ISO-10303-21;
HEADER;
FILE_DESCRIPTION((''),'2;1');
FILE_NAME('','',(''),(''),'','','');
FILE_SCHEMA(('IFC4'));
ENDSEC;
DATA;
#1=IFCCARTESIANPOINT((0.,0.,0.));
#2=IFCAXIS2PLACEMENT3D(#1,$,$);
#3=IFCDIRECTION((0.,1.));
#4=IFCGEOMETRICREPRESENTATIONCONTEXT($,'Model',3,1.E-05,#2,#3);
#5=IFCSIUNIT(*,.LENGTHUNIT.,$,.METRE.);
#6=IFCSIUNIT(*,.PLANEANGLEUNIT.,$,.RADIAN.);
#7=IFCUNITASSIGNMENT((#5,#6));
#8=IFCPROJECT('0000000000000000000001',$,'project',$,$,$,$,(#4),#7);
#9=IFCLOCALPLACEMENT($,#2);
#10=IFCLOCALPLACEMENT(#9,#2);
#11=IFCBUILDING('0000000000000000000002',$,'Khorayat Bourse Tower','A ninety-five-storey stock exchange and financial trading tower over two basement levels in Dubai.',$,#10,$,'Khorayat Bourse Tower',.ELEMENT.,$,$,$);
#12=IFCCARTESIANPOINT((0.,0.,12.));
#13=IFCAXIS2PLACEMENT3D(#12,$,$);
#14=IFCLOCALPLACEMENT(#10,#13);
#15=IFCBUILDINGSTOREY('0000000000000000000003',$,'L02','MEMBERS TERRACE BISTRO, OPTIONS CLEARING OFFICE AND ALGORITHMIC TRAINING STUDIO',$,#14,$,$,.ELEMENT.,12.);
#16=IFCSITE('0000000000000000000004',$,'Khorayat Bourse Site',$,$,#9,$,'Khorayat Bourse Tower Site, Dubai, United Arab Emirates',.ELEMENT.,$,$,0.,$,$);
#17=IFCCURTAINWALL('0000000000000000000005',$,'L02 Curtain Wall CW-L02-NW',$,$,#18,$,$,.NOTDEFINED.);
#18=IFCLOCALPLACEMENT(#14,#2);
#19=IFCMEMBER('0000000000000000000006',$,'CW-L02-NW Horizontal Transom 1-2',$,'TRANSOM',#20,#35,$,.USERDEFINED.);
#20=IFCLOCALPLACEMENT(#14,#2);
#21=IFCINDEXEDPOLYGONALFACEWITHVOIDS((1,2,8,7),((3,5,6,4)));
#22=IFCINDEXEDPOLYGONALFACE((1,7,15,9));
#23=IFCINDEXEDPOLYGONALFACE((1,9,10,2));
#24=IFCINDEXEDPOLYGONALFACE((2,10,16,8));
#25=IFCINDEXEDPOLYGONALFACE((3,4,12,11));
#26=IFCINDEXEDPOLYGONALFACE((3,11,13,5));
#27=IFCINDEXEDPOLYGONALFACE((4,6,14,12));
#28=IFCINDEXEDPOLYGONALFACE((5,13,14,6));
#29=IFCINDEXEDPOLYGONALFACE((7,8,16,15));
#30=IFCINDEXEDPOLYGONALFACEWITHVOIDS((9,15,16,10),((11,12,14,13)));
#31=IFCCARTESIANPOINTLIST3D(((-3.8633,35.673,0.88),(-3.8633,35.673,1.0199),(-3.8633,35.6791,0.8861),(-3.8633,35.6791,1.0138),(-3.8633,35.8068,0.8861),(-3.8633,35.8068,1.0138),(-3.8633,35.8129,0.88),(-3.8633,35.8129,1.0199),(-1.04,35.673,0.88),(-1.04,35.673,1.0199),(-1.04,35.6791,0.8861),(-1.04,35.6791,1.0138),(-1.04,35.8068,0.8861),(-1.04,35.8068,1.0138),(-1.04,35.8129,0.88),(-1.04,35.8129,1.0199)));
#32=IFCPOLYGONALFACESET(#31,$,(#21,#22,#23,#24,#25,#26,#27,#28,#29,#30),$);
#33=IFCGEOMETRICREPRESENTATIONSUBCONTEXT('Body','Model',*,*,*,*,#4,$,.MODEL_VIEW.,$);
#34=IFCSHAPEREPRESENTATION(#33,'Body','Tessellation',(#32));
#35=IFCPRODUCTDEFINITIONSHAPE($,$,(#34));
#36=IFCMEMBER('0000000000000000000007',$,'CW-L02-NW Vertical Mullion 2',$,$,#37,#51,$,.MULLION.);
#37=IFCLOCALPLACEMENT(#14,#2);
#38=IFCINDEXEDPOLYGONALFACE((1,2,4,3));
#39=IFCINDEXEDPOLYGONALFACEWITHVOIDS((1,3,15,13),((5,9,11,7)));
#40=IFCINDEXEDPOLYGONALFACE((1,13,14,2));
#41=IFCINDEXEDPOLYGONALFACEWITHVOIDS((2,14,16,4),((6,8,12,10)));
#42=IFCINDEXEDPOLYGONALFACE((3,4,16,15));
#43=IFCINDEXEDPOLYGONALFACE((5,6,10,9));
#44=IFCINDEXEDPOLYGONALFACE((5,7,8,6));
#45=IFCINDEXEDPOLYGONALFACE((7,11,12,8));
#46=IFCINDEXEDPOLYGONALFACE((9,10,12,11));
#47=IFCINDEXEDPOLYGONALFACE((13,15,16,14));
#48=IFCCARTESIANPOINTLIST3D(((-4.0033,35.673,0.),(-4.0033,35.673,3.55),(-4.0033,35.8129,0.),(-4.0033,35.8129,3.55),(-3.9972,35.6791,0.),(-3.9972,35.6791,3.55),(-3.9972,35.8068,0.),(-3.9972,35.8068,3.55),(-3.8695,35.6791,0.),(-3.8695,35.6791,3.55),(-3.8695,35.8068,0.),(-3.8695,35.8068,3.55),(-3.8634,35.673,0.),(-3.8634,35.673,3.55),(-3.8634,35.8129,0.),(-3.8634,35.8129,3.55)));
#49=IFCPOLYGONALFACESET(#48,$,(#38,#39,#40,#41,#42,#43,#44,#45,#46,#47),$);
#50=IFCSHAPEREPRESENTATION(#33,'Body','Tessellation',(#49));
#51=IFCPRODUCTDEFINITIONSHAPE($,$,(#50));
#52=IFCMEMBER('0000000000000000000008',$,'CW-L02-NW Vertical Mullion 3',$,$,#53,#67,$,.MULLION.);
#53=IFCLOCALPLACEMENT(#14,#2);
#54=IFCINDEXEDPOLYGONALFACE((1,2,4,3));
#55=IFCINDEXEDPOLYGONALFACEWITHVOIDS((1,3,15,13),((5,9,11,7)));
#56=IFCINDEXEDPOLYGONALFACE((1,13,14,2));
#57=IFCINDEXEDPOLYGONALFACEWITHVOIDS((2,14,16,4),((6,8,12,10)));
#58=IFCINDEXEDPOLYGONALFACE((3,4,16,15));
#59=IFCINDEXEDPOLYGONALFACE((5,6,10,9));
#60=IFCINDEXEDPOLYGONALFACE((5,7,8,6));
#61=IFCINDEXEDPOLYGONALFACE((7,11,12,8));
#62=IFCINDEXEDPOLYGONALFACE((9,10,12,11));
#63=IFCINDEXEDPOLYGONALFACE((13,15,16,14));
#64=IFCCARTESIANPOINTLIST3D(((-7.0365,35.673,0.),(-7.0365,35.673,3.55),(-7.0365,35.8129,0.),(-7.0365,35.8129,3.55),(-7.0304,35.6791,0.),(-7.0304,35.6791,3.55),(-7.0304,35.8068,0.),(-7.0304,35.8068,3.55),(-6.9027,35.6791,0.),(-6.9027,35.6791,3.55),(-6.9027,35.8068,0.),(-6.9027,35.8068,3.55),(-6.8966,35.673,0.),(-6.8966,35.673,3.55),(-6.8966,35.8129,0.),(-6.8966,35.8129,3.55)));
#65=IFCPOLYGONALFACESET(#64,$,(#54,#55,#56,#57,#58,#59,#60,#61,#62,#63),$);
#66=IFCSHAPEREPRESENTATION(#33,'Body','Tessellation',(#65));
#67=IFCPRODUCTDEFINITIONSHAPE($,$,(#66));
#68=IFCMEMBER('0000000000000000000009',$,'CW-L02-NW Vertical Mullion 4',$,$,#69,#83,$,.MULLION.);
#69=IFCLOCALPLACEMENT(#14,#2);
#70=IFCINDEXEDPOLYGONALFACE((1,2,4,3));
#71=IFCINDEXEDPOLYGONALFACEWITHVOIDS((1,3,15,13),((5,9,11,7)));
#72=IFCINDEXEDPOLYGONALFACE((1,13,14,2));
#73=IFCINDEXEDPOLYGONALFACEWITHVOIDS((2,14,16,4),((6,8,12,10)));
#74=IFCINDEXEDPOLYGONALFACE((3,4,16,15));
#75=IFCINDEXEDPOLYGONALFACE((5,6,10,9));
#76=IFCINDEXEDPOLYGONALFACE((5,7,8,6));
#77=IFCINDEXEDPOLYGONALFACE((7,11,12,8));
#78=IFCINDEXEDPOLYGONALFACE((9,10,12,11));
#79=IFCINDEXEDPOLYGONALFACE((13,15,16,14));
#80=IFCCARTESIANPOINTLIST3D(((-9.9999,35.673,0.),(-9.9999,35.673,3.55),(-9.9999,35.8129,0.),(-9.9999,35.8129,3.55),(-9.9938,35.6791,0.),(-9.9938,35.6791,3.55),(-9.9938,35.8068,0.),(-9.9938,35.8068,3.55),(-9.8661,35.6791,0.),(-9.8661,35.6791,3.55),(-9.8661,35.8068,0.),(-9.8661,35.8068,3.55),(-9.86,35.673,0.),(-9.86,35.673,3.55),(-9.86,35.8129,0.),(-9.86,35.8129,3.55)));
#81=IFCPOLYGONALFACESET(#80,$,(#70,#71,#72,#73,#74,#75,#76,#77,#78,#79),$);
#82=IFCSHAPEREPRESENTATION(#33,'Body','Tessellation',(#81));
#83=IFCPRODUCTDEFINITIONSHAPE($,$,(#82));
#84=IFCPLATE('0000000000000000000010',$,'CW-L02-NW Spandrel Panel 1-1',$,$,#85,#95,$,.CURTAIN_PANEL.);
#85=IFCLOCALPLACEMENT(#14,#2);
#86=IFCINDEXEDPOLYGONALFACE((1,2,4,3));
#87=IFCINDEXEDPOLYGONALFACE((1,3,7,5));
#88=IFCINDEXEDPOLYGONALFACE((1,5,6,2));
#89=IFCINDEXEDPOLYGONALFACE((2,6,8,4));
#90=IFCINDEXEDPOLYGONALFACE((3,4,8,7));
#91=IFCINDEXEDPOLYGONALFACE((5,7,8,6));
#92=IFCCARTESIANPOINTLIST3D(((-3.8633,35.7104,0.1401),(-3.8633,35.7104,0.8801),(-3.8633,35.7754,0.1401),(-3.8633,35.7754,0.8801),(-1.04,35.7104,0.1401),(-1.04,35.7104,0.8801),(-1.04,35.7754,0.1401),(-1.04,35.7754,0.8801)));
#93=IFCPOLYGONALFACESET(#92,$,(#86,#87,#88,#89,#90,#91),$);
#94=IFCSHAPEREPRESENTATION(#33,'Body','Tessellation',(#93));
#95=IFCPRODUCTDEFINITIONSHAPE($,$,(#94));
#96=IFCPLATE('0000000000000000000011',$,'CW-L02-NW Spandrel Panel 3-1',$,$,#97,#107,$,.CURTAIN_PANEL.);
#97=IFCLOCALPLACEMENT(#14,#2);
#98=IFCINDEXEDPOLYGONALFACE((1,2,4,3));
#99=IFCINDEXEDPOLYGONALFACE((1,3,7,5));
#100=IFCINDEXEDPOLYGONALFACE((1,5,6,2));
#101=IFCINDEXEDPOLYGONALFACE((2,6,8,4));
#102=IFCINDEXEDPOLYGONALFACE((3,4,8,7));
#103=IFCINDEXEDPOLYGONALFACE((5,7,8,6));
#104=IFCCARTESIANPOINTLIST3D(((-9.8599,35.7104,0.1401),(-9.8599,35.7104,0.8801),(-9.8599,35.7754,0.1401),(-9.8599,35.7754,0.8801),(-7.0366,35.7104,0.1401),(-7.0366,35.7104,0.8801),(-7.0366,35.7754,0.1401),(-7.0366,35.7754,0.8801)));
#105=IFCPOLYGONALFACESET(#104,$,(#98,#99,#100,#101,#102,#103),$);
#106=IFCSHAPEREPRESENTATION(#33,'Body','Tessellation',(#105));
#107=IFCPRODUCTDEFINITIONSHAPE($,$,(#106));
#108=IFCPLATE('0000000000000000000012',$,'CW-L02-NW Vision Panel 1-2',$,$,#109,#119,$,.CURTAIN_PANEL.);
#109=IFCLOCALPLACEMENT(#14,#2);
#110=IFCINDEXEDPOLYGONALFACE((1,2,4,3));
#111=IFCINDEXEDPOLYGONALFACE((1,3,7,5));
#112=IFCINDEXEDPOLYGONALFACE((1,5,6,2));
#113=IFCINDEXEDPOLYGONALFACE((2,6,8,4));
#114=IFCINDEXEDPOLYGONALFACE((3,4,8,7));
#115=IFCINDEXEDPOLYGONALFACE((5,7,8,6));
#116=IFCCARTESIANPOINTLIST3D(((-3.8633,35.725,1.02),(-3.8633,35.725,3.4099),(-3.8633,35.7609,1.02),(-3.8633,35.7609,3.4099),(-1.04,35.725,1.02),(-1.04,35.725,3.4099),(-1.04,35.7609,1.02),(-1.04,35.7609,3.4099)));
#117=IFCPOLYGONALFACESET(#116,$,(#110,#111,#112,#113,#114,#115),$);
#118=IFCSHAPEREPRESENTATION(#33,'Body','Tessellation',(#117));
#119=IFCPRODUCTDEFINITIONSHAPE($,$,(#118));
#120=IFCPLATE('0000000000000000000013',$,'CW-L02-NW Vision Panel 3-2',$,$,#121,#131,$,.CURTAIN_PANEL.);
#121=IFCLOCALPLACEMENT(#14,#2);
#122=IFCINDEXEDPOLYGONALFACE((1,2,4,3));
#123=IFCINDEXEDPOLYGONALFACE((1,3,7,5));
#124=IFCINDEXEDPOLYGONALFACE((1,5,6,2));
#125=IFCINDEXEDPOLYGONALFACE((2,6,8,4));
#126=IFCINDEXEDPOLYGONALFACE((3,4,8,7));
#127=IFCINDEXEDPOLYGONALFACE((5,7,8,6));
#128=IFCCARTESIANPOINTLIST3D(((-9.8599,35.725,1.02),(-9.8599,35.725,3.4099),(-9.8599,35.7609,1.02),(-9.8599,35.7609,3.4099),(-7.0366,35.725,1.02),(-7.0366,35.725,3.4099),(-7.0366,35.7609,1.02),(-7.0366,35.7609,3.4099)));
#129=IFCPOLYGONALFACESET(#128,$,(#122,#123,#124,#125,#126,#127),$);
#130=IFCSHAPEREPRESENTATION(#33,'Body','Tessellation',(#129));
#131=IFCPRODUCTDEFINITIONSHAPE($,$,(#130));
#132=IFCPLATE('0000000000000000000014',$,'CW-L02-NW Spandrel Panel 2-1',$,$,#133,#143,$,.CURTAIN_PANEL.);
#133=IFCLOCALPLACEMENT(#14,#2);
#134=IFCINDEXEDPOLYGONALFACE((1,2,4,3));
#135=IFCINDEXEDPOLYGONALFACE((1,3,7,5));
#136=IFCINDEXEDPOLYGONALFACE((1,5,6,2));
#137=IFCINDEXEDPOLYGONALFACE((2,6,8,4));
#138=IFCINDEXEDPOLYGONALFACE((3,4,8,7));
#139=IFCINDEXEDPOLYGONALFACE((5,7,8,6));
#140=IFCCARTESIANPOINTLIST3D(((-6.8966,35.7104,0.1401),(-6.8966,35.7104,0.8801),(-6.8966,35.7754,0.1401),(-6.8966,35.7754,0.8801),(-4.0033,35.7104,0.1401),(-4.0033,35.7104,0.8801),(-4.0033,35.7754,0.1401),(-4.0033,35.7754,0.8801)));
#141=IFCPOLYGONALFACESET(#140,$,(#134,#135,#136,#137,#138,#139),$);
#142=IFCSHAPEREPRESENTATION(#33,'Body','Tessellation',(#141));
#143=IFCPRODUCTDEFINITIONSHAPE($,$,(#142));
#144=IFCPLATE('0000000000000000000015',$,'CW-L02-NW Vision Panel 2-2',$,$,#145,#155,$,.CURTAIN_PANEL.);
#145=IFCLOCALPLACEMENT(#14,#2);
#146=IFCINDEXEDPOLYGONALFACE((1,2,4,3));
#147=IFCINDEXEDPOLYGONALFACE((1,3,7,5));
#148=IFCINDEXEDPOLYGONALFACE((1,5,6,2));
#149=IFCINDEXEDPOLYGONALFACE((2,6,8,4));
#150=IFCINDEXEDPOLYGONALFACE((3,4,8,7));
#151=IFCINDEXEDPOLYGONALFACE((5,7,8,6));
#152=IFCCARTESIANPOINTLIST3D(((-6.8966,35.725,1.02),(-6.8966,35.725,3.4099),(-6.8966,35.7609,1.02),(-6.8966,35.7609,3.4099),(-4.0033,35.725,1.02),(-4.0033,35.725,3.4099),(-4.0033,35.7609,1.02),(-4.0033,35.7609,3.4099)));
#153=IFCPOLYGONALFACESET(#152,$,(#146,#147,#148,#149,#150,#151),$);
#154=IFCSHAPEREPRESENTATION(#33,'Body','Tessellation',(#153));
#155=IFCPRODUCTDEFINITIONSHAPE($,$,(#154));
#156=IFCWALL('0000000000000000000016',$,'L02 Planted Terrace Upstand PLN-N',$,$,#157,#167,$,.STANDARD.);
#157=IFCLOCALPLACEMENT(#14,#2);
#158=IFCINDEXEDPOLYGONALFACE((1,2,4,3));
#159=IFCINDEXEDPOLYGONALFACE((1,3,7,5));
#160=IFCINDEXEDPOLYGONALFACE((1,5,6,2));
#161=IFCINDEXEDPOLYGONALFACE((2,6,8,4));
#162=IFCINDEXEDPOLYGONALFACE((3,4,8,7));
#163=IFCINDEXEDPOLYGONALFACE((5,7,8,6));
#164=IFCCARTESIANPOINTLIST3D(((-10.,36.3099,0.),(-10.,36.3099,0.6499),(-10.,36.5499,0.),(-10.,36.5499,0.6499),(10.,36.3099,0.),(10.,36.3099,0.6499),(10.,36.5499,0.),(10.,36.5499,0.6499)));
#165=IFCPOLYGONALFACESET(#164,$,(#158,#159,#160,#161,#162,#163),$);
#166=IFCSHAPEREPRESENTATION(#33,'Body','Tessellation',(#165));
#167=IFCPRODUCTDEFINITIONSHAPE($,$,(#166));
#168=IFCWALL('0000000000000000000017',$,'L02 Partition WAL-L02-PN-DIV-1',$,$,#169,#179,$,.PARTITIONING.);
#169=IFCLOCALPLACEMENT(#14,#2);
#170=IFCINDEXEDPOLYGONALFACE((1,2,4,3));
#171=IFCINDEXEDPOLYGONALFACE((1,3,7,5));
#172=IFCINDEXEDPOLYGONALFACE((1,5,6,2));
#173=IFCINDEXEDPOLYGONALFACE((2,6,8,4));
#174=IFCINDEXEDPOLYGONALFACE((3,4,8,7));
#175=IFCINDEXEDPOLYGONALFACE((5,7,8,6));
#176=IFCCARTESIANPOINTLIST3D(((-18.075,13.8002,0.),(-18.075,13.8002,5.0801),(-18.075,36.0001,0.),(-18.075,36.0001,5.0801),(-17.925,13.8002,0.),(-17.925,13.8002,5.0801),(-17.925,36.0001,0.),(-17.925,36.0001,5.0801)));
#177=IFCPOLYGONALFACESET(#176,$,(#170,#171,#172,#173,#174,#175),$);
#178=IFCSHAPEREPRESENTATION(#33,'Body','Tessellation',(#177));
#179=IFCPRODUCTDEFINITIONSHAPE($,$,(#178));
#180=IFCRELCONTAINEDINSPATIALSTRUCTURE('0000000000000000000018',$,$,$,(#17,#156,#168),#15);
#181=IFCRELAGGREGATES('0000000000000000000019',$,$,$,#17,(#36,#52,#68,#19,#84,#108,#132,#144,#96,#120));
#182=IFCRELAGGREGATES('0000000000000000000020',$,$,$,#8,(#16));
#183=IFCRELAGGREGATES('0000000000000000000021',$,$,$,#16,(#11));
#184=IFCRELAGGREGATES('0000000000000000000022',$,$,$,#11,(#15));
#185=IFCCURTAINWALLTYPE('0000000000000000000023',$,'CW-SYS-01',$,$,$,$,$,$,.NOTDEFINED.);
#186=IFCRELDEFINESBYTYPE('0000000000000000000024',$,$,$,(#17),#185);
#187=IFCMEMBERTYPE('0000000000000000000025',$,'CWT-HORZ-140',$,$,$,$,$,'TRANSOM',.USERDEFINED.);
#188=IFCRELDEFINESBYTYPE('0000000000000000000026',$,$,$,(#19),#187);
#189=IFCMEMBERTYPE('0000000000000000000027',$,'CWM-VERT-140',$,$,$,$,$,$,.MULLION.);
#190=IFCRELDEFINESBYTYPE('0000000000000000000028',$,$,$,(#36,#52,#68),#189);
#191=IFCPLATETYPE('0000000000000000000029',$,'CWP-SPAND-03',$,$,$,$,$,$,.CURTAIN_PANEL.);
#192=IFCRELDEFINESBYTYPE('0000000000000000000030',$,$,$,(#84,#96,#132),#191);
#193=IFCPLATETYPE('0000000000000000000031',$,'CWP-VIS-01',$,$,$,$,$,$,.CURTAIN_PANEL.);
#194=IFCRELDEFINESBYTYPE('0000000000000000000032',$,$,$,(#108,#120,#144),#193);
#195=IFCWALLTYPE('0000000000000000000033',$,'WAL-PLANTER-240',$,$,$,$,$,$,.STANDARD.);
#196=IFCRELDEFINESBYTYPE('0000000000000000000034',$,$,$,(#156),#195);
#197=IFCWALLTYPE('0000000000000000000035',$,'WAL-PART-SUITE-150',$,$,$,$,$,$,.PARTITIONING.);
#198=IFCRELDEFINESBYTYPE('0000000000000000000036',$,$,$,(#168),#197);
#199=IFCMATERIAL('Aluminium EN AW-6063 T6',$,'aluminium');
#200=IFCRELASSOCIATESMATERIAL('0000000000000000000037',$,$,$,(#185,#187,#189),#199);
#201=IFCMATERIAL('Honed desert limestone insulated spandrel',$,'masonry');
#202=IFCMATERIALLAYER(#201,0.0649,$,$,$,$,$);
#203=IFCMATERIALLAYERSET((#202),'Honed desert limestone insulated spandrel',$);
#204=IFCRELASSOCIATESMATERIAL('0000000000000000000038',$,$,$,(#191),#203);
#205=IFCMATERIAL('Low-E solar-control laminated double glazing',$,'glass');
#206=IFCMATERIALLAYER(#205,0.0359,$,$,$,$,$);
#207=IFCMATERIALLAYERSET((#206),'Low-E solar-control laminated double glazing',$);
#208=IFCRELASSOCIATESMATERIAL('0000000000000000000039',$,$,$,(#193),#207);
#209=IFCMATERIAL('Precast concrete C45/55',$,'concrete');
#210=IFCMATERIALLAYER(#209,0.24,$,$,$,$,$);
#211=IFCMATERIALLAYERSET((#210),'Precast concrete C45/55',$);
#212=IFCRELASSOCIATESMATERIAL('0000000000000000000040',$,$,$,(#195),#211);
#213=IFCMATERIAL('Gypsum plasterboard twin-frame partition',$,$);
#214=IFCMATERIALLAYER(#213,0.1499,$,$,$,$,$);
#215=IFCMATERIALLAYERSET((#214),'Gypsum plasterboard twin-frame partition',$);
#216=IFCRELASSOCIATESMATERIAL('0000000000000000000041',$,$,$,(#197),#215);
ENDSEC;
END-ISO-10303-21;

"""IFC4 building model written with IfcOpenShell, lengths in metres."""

from ifc_helpers import new_model, si_unit, direction, frame, frame_2d, origin, origin_2d, place, context, subcontext, project, spatial, rectangle, hollow_rectangle, extrude, source, transform, mapped, material, layer, layer_set, material_profile, profile_set, type_object, element, aggregate, save


model = new_model("IFC4")

# Units and contexts
model_context = context("Model", 3, precision=1e-05, world=origin(), true_north=direction((0.0, 1.0)))
body_context = subcontext(model_context, "Body", "Model", "MODEL_VIEW")
ifc_project = project(units=[si_unit("LENGTHUNIT", "METRE"), si_unit("PLANEANGLEUNIT", "RADIAN")], contexts=[model_context])

# Site, building, storey
site_placement = place(None, origin())
site = spatial("IfcSite", under=ifc_project, at=site_placement, Name="Khorayat Bourse Site", LongName="Khorayat Bourse Tower Site, Dubai, United Arab Emirates", CompositionType="ELEMENT", RefElevation=0.0)
building_placement = place(site_placement, origin())
building = spatial("IfcBuilding", under=site, at=building_placement, Name="Khorayat Bourse Tower", Description="A ninety-five-storey stock exchange and financial trading tower over two basement levels in Dubai.", LongName="Khorayat Bourse Tower", CompositionType="ELEMENT")
storey_placement = place(building_placement, frame((0.0, 0.0, 12.0)))
storey = spatial("IfcBuildingStorey", under=building, at=storey_placement, Name="L02", Description="MEMBERS TERRACE BISTRO, OPTIONS CLEARING OFFICE AND ALGORITHMIC TRAINING STUDIO", CompositionType="ELEMENT", Elevation=12.0)

# Curtain wall, members, plates
ifc_material_1 = material(Name="Aluminium EN AW-6063 T6", Category="aluminium")
curtain_wall_type = type_object("IfcCurtainWallType", Name="CW-SYS-01", PredefinedType="NOTDEFINED", material=ifc_material_1)
curtain_wall_placement = place(storey_placement, origin())
curtain_wall = element("IfcCurtainWall", 1, at=curtain_wall_placement, inside=storey, type_object=curtain_wall_type, Name="L02 Curtain Wall CW-L02-NW", PredefinedType="NOTDEFINED")
ifc_material_profile_1 = material_profile(ifc_material_1, hollow_rectangle(XDim=0.1399, YDim=0.1399, WallThickness=0.0061, at=origin_2d()), Name="ALU 140x140x6")
ifc_profile_set_1 = profile_set([ifc_material_profile_1], Name="Aluminium EN AW-6063 T6")
member_type_1 = type_object("IfcMemberType", Name="CWT-HORZ-140", ElementType="TRANSOM", PredefinedType="USERDEFINED", material=ifc_profile_set_1)
shared_shape_1 = source(origin(), body_context, "Body", "SweptSolid", [
    extrude(hollow_rectangle(XDim=0.1399, YDim=0.1399, WallThickness=0.0061, at=origin_2d()), origin(), (0.0, 0.0, 1.0), 2.8232),
])
member_1_placement = place(storey_placement, frame((-1.04, 35.7429, 0.95), z_axis=(-1.0, 0.0, 0.0), x_axis=(0.0, -1.0, 0.0)))
member_1 = element("IfcMember", 2, at=member_1_placement, type_object=member_type_1, Name="CW-L02-NW Horizontal Transom 1-2", ObjectType="TRANSOM", PredefinedType="USERDEFINED", context=body_context, shape_type="MappedRepresentation", body=[
    mapped(shared_shape_1, transform((0.0, 0.0, 0.0), scale=1.0)),
])
ifc_material_profile_2 = material_profile(ifc_material_1, hollow_rectangle(XDim=0.1399, YDim=0.1399, WallThickness=0.0061, at=origin_2d()), Name="ALU 140x140x6")
ifc_profile_set_2 = profile_set([ifc_material_profile_2], Name="Aluminium EN AW-6063 T6")
member_type_2 = type_object("IfcMemberType", Name="CWM-VERT-140", PredefinedType="MULLION", material=ifc_profile_set_2)
shared_shape_2 = source(origin(), body_context, "Body", "SweptSolid", [
    extrude(hollow_rectangle(XDim=0.1399, YDim=0.1399, WallThickness=0.0061, at=origin_2d()), origin(), (0.0, 0.0, 1.0), 3.55),
])
member_2_placement = place(storey_placement, frame((-3.9333, 35.7429, 0.0), z_axis=(0.0, 0.0, 1.0), x_axis=(0.0, -1.0, 0.0)))
member_2 = element("IfcMember", 3, at=member_2_placement, type_object=member_type_2, Name="CW-L02-NW Vertical Mullion 2", PredefinedType="MULLION", context=body_context, shape_type="MappedRepresentation", body=[
    mapped(shared_shape_2, transform((0.0, 0.0, 0.0), scale=1.0)),
])
member_3_placement = place(storey_placement, frame((-6.9666, 35.7429, 0.0), z_axis=(0.0, 0.0, 1.0), x_axis=(0.0, -1.0, 0.0)))
member_3 = element("IfcMember", 4, at=member_3_placement, type_object=member_type_2, Name="CW-L02-NW Vertical Mullion 3", PredefinedType="MULLION", context=body_context, shape_type="MappedRepresentation", body=[
    mapped(shared_shape_2, transform((0.0, 0.0, 0.0), scale=1.0)),
])
member_4_placement = place(storey_placement, frame((-9.9299, 35.7429, 0.0), z_axis=(0.0, 0.0, 1.0), x_axis=(0.0, -1.0, 0.0)))
member_4 = element("IfcMember", 5, at=member_4_placement, type_object=member_type_2, Name="CW-L02-NW Vertical Mullion 4", PredefinedType="MULLION", context=body_context, shape_type="MappedRepresentation", body=[
    mapped(shared_shape_2, transform((0.0, 0.0, 0.0), scale=1.0)),
])
ifc_material_2 = material(Name="Honed desert limestone insulated spandrel", Category="masonry")
ifc_layer_1 = layer(ifc_material_2, 0.0649)
ifc_layer_set_1 = layer_set([ifc_layer_1], Name="Honed desert limestone insulated spandrel")
plate_type_1 = type_object("IfcPlateType", Name="CWP-SPAND-03", PredefinedType="CURTAIN_PANEL", material=ifc_layer_set_1)
shared_shape_3 = source(origin(), body_context, "Body", "SweptSolid", [
    extrude(rectangle(XDim=2.8232, YDim=0.0649, at=origin_2d()), origin(), (0.0, 0.0, 1.0), 0.74),
])
plate_1_placement = place(storey_placement, frame((-2.4517, 35.7429, 0.1401), z_axis=(0.0, 0.0, 1.0), x_axis=(-1.0, 0.0, 0.0)))
plate_1 = element("IfcPlate", 6, at=plate_1_placement, type_object=plate_type_1, Name="CW-L02-NW Spandrel Panel 1-1", PredefinedType="CURTAIN_PANEL", context=body_context, shape_type="MappedRepresentation", body=[
    mapped(shared_shape_3, transform((0.0, 0.0, 0.0), scale=1.0)),
])
plate_2_placement = place(storey_placement, frame((-8.4482, 35.7429, 0.1401), z_axis=(0.0, 0.0, 1.0), x_axis=(-1.0, 0.0, 0.0)))
plate_2 = element("IfcPlate", 7, at=plate_2_placement, type_object=plate_type_1, Name="CW-L02-NW Spandrel Panel 3-1", PredefinedType="CURTAIN_PANEL", context=body_context, shape_type="MappedRepresentation", body=[
    mapped(shared_shape_3, transform((0.0, 0.0, 0.0), scale=1.0)),
])
ifc_material_3 = material(Name="Low-E solar-control laminated double glazing", Category="glass")
ifc_layer_2 = layer(ifc_material_3, 0.0359)
ifc_layer_set_2 = layer_set([ifc_layer_2], Name="Low-E solar-control laminated double glazing")
plate_type_2 = type_object("IfcPlateType", Name="CWP-VIS-01", PredefinedType="CURTAIN_PANEL", material=ifc_layer_set_2)
shared_shape_4 = source(origin(), body_context, "Body", "SweptSolid", [
    extrude(rectangle(XDim=2.8232, YDim=0.0359, at=origin_2d()), origin(), (0.0, 0.0, 1.0), 2.3899),
])
plate_3_placement = place(storey_placement, frame((-2.4517, 35.7429, 1.02), z_axis=(0.0, 0.0, 1.0), x_axis=(-1.0, 0.0, 0.0)))
plate_3 = element("IfcPlate", 8, at=plate_3_placement, type_object=plate_type_2, Name="CW-L02-NW Vision Panel 1-2", PredefinedType="CURTAIN_PANEL", context=body_context, shape_type="MappedRepresentation", body=[
    mapped(shared_shape_4, transform((0.0, 0.0, 0.0), scale=1.0)),
])
plate_4_placement = place(storey_placement, frame((-8.4482, 35.7429, 1.02), z_axis=(0.0, 0.0, 1.0), x_axis=(-1.0, 0.0, 0.0)))
plate_4 = element("IfcPlate", 9, at=plate_4_placement, type_object=plate_type_2, Name="CW-L02-NW Vision Panel 3-2", PredefinedType="CURTAIN_PANEL", context=body_context, shape_type="MappedRepresentation", body=[
    mapped(shared_shape_4, transform((0.0, 0.0, 0.0), scale=1.0)),
])
shared_shape_5 = source(origin(), body_context, "Body", "SweptSolid", [
    extrude(rectangle(XDim=2.8933, YDim=0.0649, at=origin_2d()), origin(), (0.0, 0.0, 1.0), 0.74),
])
plate_5_placement = place(storey_placement, frame((-5.45, 35.7429, 0.1401), z_axis=(0.0, 0.0, 1.0), x_axis=(-1.0, 0.0, 0.0)))
plate_5 = element("IfcPlate", 10, at=plate_5_placement, type_object=plate_type_1, Name="CW-L02-NW Spandrel Panel 2-1", PredefinedType="CURTAIN_PANEL", context=body_context, shape_type="MappedRepresentation", body=[
    mapped(shared_shape_5, transform((0.0, 0.0, 0.0), scale=1.0)),
])
shared_shape_6 = source(origin(), body_context, "Body", "SweptSolid", [
    extrude(rectangle(XDim=2.8933, YDim=0.0359, at=origin_2d()), origin(), (0.0, 0.0, 1.0), 2.3899),
])
plate_6_placement = place(storey_placement, frame((-5.45, 35.7429, 1.02), z_axis=(0.0, 0.0, 1.0), x_axis=(-1.0, 0.0, 0.0)))
plate_6 = element("IfcPlate", 11, at=plate_6_placement, type_object=plate_type_2, Name="CW-L02-NW Vision Panel 2-2", PredefinedType="CURTAIN_PANEL", context=body_context, shape_type="MappedRepresentation", body=[
    mapped(shared_shape_6, transform((0.0, 0.0, 0.0), scale=1.0)),
])
aggregate(curtain_wall, [member_2, member_3, member_4, member_1, plate_1, plate_3, plate_5, plate_6, plate_2, plate_4])

# Walls
ifc_material_4 = material(Name="Precast concrete C45/55", Category="concrete")
ifc_layer_3 = layer(ifc_material_4, 0.24)
ifc_layer_set_3 = layer_set([ifc_layer_3], Name="Precast concrete C45/55")
wall_type_1 = type_object("IfcWallType", Name="WAL-PLANTER-240", PredefinedType="STANDARD", material=ifc_layer_set_3)
shared_shape_7 = source(origin(), body_context, "Body", "SweptSolid", [
    extrude(rectangle(XDim=20.0, YDim=0.24, at=frame_2d((10.0, 0.0))), origin(), (0.0, 0.0, 1.0), 0.6499),
])
wall_1_placement = place(storey_placement, frame((-10.0, 36.4299, 0.0), z_axis=(0.0, 0.0, 1.0), x_axis=(1.0, 0.0, 0.0)))
element("IfcWall", 12, at=wall_1_placement, inside=storey, type_object=wall_type_1, Name="L02 Planted Terrace Upstand PLN-N", PredefinedType="STANDARD", context=body_context, shape_type="MappedRepresentation", body=[
    mapped(shared_shape_7, transform((0.0, 0.0, 0.0), scale=1.0)),
])
ifc_material_5 = material(Name="Gypsum plasterboard twin-frame partition")
ifc_layer_4 = layer(ifc_material_5, 0.1499)
ifc_layer_set_4 = layer_set([ifc_layer_4], Name="Gypsum plasterboard twin-frame partition")
wall_type_2 = type_object("IfcWallType", Name="WAL-PART-SUITE-150", PredefinedType="PARTITIONING", material=ifc_layer_set_4)
shared_shape_8 = source(origin(), body_context, "Body", "SweptSolid", [
    extrude(rectangle(XDim=22.2, YDim=0.1499, at=frame_2d((11.1001, 0.0))), origin(), (0.0, 0.0, 1.0), 5.0801),
])
wall_2_placement = place(storey_placement, frame((-18.0, 13.8, 0.0), z_axis=(0.0, 0.0, 1.0), x_axis=(0.0, 1.0, 0.0)))
element("IfcWall", 13, at=wall_2_placement, inside=storey, type_object=wall_type_2, Name="L02 Partition WAL-L02-PN-DIV-1", PredefinedType="PARTITIONING", context=body_context, shape_type="MappedRepresentation", body=[
    mapped(shared_shape_8, transform((0.0, 0.0, 0.0), scale=1.0)),
])

save(model, "model.ifc")
